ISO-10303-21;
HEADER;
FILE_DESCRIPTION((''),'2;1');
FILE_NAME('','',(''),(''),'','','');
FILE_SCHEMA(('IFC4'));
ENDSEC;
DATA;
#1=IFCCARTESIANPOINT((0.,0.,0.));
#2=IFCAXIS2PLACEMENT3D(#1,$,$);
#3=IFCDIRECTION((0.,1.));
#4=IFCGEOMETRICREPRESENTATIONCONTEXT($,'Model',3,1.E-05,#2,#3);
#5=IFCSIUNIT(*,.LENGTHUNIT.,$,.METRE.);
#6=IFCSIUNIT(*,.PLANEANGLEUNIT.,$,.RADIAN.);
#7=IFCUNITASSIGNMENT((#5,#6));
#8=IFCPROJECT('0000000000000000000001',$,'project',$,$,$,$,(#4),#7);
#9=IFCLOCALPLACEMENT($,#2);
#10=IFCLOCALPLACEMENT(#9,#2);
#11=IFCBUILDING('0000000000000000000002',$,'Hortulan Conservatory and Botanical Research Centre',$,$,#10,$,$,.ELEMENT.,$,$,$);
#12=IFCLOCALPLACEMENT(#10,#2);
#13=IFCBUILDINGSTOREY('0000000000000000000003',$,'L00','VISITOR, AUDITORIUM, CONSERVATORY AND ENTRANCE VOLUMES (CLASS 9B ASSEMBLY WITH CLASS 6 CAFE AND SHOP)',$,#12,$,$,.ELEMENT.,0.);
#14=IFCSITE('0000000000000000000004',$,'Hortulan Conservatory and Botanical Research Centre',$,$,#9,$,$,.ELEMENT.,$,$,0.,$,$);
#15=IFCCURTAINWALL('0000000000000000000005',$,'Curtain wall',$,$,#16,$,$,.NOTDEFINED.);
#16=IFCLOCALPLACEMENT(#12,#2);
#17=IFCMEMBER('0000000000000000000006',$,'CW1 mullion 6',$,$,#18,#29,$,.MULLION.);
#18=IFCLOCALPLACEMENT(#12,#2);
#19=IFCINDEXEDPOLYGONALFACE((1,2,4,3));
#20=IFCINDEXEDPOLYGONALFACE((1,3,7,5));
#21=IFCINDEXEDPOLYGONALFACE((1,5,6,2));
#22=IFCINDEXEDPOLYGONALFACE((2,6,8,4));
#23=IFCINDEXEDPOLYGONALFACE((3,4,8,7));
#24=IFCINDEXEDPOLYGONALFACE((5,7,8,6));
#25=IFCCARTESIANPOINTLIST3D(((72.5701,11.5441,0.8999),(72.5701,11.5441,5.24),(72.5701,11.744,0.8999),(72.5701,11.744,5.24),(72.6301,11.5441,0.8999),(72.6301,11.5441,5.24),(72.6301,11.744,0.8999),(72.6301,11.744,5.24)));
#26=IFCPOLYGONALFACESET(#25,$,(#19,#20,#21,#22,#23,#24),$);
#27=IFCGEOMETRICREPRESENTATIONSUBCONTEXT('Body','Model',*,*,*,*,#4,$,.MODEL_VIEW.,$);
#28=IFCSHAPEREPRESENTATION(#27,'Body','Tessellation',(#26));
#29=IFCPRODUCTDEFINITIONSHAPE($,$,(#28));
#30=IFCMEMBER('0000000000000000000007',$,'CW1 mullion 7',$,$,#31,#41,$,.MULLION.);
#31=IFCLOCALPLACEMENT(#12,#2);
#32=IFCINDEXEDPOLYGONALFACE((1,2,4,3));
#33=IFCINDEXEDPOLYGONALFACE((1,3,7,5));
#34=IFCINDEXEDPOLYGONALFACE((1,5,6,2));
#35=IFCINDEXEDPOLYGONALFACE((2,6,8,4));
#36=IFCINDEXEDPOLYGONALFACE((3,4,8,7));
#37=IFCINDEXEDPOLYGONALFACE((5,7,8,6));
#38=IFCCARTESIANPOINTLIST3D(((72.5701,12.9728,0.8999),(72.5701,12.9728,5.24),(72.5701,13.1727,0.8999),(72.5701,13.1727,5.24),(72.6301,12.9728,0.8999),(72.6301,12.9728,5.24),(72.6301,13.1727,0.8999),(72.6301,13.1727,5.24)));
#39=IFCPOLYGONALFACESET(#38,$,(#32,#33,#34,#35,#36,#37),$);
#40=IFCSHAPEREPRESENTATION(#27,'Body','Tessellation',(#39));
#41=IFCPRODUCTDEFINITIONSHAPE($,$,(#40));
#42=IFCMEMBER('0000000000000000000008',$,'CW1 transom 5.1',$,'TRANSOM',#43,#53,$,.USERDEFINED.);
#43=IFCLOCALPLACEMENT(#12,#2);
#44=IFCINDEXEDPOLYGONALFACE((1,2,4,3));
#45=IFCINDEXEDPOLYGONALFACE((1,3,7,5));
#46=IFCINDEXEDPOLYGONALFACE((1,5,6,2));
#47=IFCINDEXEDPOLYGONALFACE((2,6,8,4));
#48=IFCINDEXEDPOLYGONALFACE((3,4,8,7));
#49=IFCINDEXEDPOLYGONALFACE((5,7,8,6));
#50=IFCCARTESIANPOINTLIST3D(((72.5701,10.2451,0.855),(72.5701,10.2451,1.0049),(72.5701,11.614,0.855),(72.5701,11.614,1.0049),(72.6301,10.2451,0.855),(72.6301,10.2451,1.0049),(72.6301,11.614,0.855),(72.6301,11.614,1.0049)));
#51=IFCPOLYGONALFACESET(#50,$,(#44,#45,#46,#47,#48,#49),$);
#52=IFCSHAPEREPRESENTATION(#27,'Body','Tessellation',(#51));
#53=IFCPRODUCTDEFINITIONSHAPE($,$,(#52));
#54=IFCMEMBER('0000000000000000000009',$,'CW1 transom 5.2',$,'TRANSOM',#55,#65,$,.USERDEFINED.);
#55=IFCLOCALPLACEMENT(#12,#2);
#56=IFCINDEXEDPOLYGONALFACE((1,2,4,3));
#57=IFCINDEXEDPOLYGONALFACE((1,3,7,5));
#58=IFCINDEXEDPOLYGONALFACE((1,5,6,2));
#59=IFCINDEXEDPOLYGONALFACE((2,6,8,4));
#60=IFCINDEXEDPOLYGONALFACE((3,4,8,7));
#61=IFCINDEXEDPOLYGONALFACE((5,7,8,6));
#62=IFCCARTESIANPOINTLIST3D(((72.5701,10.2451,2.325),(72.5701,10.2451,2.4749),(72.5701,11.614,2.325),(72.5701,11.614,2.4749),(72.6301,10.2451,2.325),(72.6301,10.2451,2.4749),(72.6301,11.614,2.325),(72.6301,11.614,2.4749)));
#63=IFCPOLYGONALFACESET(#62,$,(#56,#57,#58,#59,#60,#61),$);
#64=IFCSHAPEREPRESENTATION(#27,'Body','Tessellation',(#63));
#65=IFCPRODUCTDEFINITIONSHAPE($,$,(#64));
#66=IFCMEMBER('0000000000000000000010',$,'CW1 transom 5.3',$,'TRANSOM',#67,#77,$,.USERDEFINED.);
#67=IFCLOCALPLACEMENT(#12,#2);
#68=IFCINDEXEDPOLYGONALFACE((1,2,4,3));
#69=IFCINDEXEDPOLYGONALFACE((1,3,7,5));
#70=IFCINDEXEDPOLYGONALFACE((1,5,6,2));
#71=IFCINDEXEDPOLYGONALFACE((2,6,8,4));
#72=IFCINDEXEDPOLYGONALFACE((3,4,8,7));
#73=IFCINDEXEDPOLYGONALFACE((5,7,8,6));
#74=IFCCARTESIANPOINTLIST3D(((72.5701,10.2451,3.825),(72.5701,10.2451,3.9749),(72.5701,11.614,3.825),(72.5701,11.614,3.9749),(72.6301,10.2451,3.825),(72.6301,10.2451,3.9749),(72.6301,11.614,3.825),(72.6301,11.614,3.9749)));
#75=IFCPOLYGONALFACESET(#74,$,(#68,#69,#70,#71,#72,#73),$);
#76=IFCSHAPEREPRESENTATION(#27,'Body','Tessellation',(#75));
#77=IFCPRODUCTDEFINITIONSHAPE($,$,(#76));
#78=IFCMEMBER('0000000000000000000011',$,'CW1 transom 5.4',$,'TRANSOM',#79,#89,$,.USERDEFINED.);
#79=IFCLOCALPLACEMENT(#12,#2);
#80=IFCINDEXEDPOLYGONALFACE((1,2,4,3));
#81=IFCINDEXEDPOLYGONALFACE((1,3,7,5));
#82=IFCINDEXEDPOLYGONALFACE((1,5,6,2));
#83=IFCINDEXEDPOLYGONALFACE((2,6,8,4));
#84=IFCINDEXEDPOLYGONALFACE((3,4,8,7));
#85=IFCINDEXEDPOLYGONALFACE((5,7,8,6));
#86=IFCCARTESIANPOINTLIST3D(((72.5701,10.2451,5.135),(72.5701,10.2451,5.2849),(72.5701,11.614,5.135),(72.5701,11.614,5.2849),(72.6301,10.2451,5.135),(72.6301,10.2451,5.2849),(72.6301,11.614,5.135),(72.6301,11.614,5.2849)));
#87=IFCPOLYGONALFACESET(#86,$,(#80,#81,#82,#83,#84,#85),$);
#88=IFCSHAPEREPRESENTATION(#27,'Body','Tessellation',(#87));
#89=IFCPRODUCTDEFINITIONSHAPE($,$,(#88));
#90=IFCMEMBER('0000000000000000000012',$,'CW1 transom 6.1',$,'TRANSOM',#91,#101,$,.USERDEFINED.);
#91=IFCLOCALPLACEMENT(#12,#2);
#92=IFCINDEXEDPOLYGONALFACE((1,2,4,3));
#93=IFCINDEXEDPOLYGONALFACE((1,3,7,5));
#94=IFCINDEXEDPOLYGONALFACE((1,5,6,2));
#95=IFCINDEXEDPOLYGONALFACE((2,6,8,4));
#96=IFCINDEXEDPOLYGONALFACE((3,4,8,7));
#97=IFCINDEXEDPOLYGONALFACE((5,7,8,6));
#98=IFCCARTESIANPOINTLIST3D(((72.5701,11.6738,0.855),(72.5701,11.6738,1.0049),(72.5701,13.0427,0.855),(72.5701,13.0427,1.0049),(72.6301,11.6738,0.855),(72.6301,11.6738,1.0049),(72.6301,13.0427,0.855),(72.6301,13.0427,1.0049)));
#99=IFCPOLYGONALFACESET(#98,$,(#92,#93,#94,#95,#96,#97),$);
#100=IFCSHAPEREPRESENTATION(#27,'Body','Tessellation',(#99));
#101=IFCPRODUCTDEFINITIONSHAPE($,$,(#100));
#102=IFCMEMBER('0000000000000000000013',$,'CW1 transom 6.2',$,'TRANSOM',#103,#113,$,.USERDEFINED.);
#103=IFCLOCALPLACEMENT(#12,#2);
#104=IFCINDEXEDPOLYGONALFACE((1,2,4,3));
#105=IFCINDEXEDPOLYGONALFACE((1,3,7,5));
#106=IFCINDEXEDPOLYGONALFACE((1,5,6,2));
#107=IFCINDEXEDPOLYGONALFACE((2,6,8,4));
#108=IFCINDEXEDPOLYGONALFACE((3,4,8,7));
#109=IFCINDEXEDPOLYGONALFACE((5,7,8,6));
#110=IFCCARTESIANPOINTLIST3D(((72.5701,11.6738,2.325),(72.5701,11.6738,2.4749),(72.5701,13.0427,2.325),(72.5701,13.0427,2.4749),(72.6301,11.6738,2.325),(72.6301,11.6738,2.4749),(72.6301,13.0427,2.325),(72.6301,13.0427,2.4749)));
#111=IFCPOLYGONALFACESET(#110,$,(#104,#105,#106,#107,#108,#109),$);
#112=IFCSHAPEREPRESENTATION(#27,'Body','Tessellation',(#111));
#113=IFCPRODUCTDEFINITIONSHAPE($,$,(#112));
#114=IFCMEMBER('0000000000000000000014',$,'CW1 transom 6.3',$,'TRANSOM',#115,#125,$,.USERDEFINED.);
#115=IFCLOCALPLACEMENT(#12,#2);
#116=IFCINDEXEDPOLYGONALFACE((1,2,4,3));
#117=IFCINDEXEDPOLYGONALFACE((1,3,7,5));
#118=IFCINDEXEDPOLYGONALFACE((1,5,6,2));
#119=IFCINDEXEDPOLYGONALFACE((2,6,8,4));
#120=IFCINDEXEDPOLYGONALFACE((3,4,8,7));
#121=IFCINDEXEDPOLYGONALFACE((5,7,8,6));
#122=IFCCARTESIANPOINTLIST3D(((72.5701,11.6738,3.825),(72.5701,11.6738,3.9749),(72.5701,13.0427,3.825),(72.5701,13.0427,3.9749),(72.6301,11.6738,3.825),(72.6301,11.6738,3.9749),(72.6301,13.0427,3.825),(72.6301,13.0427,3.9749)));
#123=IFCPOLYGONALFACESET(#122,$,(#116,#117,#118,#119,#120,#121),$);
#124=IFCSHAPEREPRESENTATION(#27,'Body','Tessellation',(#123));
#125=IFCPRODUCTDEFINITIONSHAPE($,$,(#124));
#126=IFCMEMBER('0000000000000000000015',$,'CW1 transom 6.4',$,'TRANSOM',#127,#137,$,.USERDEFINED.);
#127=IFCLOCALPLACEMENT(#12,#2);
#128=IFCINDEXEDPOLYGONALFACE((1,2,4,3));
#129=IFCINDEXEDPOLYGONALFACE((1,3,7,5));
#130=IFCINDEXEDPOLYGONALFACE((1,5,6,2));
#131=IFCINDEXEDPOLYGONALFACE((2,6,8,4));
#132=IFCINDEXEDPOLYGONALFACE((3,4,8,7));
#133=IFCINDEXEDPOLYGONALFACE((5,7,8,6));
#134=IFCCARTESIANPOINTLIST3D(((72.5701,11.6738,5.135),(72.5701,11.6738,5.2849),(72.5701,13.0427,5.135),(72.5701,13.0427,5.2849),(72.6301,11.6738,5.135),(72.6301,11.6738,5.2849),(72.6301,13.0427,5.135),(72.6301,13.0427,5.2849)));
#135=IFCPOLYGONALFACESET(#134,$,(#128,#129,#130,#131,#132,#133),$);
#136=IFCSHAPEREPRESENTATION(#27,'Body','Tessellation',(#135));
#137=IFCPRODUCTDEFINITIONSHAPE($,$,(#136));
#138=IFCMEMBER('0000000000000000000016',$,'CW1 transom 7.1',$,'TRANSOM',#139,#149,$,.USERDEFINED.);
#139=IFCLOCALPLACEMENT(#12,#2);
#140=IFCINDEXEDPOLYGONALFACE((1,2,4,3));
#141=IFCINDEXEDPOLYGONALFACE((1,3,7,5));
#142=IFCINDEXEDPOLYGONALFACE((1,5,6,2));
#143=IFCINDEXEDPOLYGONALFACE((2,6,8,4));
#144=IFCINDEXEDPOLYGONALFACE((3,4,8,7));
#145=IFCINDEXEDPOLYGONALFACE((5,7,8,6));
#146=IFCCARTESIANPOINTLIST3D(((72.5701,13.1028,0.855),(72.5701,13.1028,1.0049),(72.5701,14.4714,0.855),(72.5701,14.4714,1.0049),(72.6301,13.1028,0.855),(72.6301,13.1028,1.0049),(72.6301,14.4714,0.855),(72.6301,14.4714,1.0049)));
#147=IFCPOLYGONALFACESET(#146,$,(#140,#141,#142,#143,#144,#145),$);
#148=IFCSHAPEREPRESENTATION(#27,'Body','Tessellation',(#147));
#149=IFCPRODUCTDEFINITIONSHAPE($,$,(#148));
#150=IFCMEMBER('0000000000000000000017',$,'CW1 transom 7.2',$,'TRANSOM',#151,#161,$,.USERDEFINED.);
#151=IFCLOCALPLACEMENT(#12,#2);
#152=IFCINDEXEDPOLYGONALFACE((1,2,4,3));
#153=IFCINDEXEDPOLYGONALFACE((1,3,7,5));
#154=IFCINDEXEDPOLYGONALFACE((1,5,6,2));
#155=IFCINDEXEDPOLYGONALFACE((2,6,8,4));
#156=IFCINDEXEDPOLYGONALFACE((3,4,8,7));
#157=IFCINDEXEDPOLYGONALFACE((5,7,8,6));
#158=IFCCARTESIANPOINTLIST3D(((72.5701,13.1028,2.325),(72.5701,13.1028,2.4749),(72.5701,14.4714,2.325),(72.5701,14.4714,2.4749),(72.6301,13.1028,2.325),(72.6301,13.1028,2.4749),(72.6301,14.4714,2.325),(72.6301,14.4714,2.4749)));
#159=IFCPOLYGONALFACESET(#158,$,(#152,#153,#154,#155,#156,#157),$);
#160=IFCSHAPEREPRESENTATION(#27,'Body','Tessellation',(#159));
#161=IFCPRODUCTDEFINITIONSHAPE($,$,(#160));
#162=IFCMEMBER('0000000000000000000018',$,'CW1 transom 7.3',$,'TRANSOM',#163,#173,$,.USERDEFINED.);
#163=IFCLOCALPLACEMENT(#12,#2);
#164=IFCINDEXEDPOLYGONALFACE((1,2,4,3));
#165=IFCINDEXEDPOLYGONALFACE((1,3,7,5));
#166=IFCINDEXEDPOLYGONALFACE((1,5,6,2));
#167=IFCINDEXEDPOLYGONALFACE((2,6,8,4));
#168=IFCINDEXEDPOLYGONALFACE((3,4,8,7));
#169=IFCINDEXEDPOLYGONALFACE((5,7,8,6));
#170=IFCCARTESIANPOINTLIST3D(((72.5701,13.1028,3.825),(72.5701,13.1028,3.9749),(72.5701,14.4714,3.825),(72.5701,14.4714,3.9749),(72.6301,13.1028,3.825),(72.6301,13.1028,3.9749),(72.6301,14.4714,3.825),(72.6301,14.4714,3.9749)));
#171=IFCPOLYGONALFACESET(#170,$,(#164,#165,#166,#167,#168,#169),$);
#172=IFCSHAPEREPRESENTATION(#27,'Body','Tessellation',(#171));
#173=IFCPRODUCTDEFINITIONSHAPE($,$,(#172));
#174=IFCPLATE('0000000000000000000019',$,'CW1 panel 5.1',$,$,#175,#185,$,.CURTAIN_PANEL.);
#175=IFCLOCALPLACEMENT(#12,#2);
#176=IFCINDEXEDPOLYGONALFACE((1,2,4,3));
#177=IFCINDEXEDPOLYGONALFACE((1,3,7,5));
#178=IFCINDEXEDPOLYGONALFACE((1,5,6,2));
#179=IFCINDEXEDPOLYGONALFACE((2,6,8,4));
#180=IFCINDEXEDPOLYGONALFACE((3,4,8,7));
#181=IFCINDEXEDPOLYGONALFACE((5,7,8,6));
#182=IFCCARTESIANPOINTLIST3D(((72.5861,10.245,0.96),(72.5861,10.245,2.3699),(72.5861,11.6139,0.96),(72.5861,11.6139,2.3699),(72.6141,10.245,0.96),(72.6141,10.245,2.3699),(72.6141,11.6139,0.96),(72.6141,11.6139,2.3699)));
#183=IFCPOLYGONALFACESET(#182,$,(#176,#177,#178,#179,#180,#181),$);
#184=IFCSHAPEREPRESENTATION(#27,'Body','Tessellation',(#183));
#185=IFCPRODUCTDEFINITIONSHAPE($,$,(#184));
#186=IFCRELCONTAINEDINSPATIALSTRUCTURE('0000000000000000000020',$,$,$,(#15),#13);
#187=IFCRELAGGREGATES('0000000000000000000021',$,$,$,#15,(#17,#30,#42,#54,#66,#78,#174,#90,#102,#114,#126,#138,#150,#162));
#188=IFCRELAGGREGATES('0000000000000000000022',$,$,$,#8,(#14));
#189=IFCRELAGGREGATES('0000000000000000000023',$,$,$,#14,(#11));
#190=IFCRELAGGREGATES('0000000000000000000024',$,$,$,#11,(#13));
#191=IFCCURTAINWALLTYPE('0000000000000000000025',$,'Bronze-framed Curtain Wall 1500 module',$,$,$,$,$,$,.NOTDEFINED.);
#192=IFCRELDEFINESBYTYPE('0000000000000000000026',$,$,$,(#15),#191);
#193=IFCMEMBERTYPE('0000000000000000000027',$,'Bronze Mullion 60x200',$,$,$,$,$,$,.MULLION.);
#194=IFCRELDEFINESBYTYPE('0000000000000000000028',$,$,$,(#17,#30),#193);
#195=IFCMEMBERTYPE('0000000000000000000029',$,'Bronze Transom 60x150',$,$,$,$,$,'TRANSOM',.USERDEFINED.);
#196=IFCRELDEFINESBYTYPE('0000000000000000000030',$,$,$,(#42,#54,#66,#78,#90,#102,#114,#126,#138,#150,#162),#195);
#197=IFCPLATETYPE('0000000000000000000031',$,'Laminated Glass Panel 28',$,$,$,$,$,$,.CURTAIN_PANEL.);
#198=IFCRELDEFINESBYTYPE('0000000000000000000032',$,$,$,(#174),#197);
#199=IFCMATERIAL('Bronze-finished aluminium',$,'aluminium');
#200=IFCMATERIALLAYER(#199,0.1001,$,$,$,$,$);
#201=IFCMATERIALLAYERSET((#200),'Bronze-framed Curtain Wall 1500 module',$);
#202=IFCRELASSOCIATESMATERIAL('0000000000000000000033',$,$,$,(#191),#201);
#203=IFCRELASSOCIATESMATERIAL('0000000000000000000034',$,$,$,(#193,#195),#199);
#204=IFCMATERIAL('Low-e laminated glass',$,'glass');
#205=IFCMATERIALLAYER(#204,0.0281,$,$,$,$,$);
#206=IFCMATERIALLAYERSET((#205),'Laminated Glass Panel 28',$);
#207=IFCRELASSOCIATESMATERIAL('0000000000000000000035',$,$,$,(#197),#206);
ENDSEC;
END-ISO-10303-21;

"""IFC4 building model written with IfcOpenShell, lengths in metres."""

from ifc_helpers import new_model, si_unit, direction, frame, origin, origin_2d, place, context, subcontext, project, spatial, rectangle, extrude, material, layer, layer_set, material_profile, profile_set, type_object, element, aggregate, save


model = new_model("IFC4")

# Units and contexts
model_context = context("Model", 3, precision=1e-05, world=origin(), true_north=direction((0.0, 1.0)))
body_context = subcontext(model_context, "Body", "Model", "MODEL_VIEW")
ifc_project = project(units=[si_unit("LENGTHUNIT", "METRE"), si_unit("PLANEANGLEUNIT", "RADIAN")], contexts=[model_context])

# Site, building, storey
site_placement = place(None, origin())
site = spatial("IfcSite", under=ifc_project, at=site_placement, Name="Hortulan Conservatory and Botanical Research Centre", CompositionType="ELEMENT", RefElevation=0.0)
building_placement = place(site_placement, origin())
building = spatial("IfcBuilding", under=site, at=building_placement, Name="Hortulan Conservatory and Botanical Research Centre", CompositionType="ELEMENT")
storey_placement = place(building_placement, origin())
storey = spatial("IfcBuildingStorey", under=building, at=storey_placement, Name="L00", Description="VISITOR, AUDITORIUM, CONSERVATORY AND ENTRANCE VOLUMES (CLASS 9B ASSEMBLY WITH CLASS 6 CAFE AND SHOP)", CompositionType="ELEMENT", Elevation=0.0)

# Curtain wall, members, plate
ifc_material_1 = material(Name="Bronze-finished aluminium", Category="aluminium")
ifc_layer_1 = layer(ifc_material_1, 0.1001)
ifc_layer_set_1 = layer_set([ifc_layer_1], Name="Bronze-framed Curtain Wall 1500 module")
curtain_wall_type = type_object("IfcCurtainWallType", Name="Bronze-framed Curtain Wall 1500 module", PredefinedType="NOTDEFINED", material=ifc_layer_set_1)
curtain_wall_placement = place(storey_placement, origin())
curtain_wall = element("IfcCurtainWall", 1, at=curtain_wall_placement, inside=storey, type_object=curtain_wall_type, Name="Curtain wall", PredefinedType="NOTDEFINED")
ifc_material_profile_1 = material_profile(ifc_material_1, rectangle(XDim=0.0601, YDim=0.2, at=origin_2d()), Name="Bronze Mullion 60x200")
ifc_profile_set_1 = profile_set([ifc_material_profile_1], Name="Bronze-finished aluminium")
member_type_1 = type_object("IfcMemberType", Name="Bronze Mullion 60x200", PredefinedType="MULLION", material=ifc_profile_set_1)
member_1_placement = place(storey_placement, frame((72.6001, 11.644, 0.8999), z_axis=(0.0, 0.0, 1.0), x_axis=(-1.0, 0.0, 0.0)))
member_1 = element("IfcMember", 2, at=member_1_placement, type_object=member_type_1, Name="CW1 mullion 6", PredefinedType="MULLION", context=body_context, shape_type="SweptSolid", body=[
    extrude(rectangle(XDim=0.0601, YDim=0.2, at=origin_2d()), origin(), (0.0, 0.0, 1.0), 4.3401),
])
member_2_placement = place(storey_placement, frame((72.6001, 13.0728, 0.8999), z_axis=(0.0, 0.0, 1.0), x_axis=(-1.0, 0.0, 0.0)))
member_2 = element("IfcMember", 3, at=member_2_placement, type_object=member_type_1, Name="CW1 mullion 7", PredefinedType="MULLION", context=body_context, shape_type="SweptSolid", body=[
    extrude(rectangle(XDim=0.0601, YDim=0.2, at=origin_2d()), origin(), (0.0, 0.0, 1.0), 4.3401),
])
ifc_material_profile_2 = material_profile(ifc_material_1, rectangle(XDim=0.0601, YDim=0.1499, at=origin_2d()), Name="Bronze Transom 60x150")
ifc_profile_set_2 = profile_set([ifc_material_profile_2], Name="Bronze-finished aluminium")
member_type_2 = type_object("IfcMemberType", Name="Bronze Transom 60x150", ElementType="TRANSOM", PredefinedType="USERDEFINED", material=ifc_profile_set_2)
member_3_placement = place(storey_placement, frame((72.6001, 10.2451, 0.9299), z_axis=(0.0, 1.0, 0.0), x_axis=(-1.0, 0.0, 0.0)))
member_3 = element("IfcMember", 4, at=member_3_placement, type_object=member_type_2, Name="CW1 transom 5.1", ObjectType="TRANSOM", PredefinedType="USERDEFINED", context=body_context, shape_type="SweptSolid", body=[
    extrude(rectangle(XDim=0.0601, YDim=0.1499, at=origin_2d()), origin(), (0.0, 0.0, 1.0), 1.3689),
])
member_4_placement = place(storey_placement, frame((72.6001, 10.2451, 2.3999), z_axis=(0.0, 1.0, 0.0), x_axis=(-1.0, 0.0, 0.0)))
member_4 = element("IfcMember", 5, at=member_4_placement, type_object=member_type_2, Name="CW1 transom 5.2", ObjectType="TRANSOM", PredefinedType="USERDEFINED", context=body_context, shape_type="SweptSolid", body=[
    extrude(rectangle(XDim=0.0601, YDim=0.1499, at=origin_2d()), origin(), (0.0, 0.0, 1.0), 1.3689),
])
member_5_placement = place(storey_placement, frame((72.6001, 10.2451, 3.8999), z_axis=(0.0, 1.0, 0.0), x_axis=(-1.0, 0.0, 0.0)))
member_5 = element("IfcMember", 6, at=member_5_placement, type_object=member_type_2, Name="CW1 transom 5.3", ObjectType="TRANSOM", PredefinedType="USERDEFINED", context=body_context, shape_type="SweptSolid", body=[
    extrude(rectangle(XDim=0.0601, YDim=0.1499, at=origin_2d()), origin(), (0.0, 0.0, 1.0), 1.3689),
])
member_6_placement = place(storey_placement, frame((72.6001, 10.2451, 5.21), z_axis=(0.0, 1.0, 0.0), x_axis=(-1.0, 0.0, 0.0)))
member_6 = element("IfcMember", 7, at=member_6_placement, type_object=member_type_2, Name="CW1 transom 5.4", ObjectType="TRANSOM", PredefinedType="USERDEFINED", context=body_context, shape_type="SweptSolid", body=[
    extrude(rectangle(XDim=0.0601, YDim=0.1499, at=origin_2d()), origin(), (0.0, 0.0, 1.0), 1.3689),
])
member_7_placement = place(storey_placement, frame((72.6001, 11.6738, 0.9299), z_axis=(0.0, 1.0, 0.0), x_axis=(-1.0, 0.0, 0.0)))
member_7 = element("IfcMember", 8, at=member_7_placement, type_object=member_type_2, Name="CW1 transom 6.1", ObjectType="TRANSOM", PredefinedType="USERDEFINED", context=body_context, shape_type="SweptSolid", body=[
    extrude(rectangle(XDim=0.0601, YDim=0.1499, at=origin_2d()), origin(), (0.0, 0.0, 1.0), 1.3689),
])
member_8_placement = place(storey_placement, frame((72.6001, 11.6738, 2.3999), z_axis=(0.0, 1.0, 0.0), x_axis=(-1.0, 0.0, 0.0)))
member_8 = element("IfcMember", 9, at=member_8_placement, type_object=member_type_2, Name="CW1 transom 6.2", ObjectType="TRANSOM", PredefinedType="USERDEFINED", context=body_context, shape_type="SweptSolid", body=[
    extrude(rectangle(XDim=0.0601, YDim=0.1499, at=origin_2d()), origin(), (0.0, 0.0, 1.0), 1.3689),
])
member_9_placement = place(storey_placement, frame((72.6001, 11.6738, 3.8999), z_axis=(0.0, 1.0, 0.0), x_axis=(-1.0, 0.0, 0.0)))
member_9 = element("IfcMember", 10, at=member_9_placement, type_object=member_type_2, Name="CW1 transom 6.3", ObjectType="TRANSOM", PredefinedType="USERDEFINED", context=body_context, shape_type="SweptSolid", body=[
    extrude(rectangle(XDim=0.0601, YDim=0.1499, at=origin_2d()), origin(), (0.0, 0.0, 1.0), 1.3689),
])
member_10_placement = place(storey_placement, frame((72.6001, 11.6738, 5.21), z_axis=(0.0, 1.0, 0.0), x_axis=(-1.0, 0.0, 0.0)))
member_10 = element("IfcMember", 11, at=member_10_placement, type_object=member_type_2, Name="CW1 transom 6.4", ObjectType="TRANSOM", PredefinedType="USERDEFINED", context=body_context, shape_type="SweptSolid", body=[
    extrude(rectangle(XDim=0.0601, YDim=0.1499, at=origin_2d()), origin(), (0.0, 0.0, 1.0), 1.3689),
])
member_11_placement = place(storey_placement, frame((72.6001, 13.1028, 0.9299), z_axis=(0.0, 1.0, 0.0), x_axis=(-1.0, 0.0, 0.0)))
member_11 = element("IfcMember", 12, at=member_11_placement, type_object=member_type_2, Name="CW1 transom 7.1", ObjectType="TRANSOM", PredefinedType="USERDEFINED", context=body_context, shape_type="SweptSolid", body=[
    extrude(rectangle(XDim=0.0601, YDim=0.1499, at=origin_2d()), origin(), (0.0, 0.0, 1.0), 1.3687),
])
member_12_placement = place(storey_placement, frame((72.6001, 13.1028, 2.3999), z_axis=(0.0, 1.0, 0.0), x_axis=(-1.0, 0.0, 0.0)))
member_12 = element("IfcMember", 13, at=member_12_placement, type_object=member_type_2, Name="CW1 transom 7.2", ObjectType="TRANSOM", PredefinedType="USERDEFINED", context=body_context, shape_type="SweptSolid", body=[
    extrude(rectangle(XDim=0.0601, YDim=0.1499, at=origin_2d()), origin(), (0.0, 0.0, 1.0), 1.3687),
])
member_13_placement = place(storey_placement, frame((72.6001, 13.1028, 3.8999), z_axis=(0.0, 1.0, 0.0), x_axis=(-1.0, 0.0, 0.0)))
member_13 = element("IfcMember", 14, at=member_13_placement, type_object=member_type_2, Name="CW1 transom 7.3", ObjectType="TRANSOM", PredefinedType="USERDEFINED", context=body_context, shape_type="SweptSolid", body=[
    extrude(rectangle(XDim=0.0601, YDim=0.1499, at=origin_2d()), origin(), (0.0, 0.0, 1.0), 1.3687),
])
ifc_material_2 = material(Name="Low-e laminated glass", Category="glass")
ifc_layer_2 = layer(ifc_material_2, 0.0281)
ifc_layer_set_2 = layer_set([ifc_layer_2], Name="Laminated Glass Panel 28")
plate_type = type_object("IfcPlateType", Name="Laminated Glass Panel 28", PredefinedType="CURTAIN_PANEL", material=ifc_layer_set_2)
plate_1_placement = place(storey_placement, frame((72.6001, 10.9294, 0.96), z_axis=(0.0, 0.0, 1.0), x_axis=(0.0, 1.0, 0.0)))
plate_1 = element("IfcPlate", 15, at=plate_1_placement, type_object=plate_type, Name="CW1 panel 5.1", PredefinedType="CURTAIN_PANEL", context=body_context, shape_type="SweptSolid", body=[
    extrude(rectangle(XDim=1.3689, YDim=0.0281, at=origin_2d()), origin(), (0.0, 0.0, 1.0), 1.4099),
])
aggregate(curtain_wall, [member_1, member_2, member_3, member_4, member_5, member_6, plate_1, member_7, member_8, member_9, member_10, member_11, member_12, member_13])

save(model, "model.ifc")
